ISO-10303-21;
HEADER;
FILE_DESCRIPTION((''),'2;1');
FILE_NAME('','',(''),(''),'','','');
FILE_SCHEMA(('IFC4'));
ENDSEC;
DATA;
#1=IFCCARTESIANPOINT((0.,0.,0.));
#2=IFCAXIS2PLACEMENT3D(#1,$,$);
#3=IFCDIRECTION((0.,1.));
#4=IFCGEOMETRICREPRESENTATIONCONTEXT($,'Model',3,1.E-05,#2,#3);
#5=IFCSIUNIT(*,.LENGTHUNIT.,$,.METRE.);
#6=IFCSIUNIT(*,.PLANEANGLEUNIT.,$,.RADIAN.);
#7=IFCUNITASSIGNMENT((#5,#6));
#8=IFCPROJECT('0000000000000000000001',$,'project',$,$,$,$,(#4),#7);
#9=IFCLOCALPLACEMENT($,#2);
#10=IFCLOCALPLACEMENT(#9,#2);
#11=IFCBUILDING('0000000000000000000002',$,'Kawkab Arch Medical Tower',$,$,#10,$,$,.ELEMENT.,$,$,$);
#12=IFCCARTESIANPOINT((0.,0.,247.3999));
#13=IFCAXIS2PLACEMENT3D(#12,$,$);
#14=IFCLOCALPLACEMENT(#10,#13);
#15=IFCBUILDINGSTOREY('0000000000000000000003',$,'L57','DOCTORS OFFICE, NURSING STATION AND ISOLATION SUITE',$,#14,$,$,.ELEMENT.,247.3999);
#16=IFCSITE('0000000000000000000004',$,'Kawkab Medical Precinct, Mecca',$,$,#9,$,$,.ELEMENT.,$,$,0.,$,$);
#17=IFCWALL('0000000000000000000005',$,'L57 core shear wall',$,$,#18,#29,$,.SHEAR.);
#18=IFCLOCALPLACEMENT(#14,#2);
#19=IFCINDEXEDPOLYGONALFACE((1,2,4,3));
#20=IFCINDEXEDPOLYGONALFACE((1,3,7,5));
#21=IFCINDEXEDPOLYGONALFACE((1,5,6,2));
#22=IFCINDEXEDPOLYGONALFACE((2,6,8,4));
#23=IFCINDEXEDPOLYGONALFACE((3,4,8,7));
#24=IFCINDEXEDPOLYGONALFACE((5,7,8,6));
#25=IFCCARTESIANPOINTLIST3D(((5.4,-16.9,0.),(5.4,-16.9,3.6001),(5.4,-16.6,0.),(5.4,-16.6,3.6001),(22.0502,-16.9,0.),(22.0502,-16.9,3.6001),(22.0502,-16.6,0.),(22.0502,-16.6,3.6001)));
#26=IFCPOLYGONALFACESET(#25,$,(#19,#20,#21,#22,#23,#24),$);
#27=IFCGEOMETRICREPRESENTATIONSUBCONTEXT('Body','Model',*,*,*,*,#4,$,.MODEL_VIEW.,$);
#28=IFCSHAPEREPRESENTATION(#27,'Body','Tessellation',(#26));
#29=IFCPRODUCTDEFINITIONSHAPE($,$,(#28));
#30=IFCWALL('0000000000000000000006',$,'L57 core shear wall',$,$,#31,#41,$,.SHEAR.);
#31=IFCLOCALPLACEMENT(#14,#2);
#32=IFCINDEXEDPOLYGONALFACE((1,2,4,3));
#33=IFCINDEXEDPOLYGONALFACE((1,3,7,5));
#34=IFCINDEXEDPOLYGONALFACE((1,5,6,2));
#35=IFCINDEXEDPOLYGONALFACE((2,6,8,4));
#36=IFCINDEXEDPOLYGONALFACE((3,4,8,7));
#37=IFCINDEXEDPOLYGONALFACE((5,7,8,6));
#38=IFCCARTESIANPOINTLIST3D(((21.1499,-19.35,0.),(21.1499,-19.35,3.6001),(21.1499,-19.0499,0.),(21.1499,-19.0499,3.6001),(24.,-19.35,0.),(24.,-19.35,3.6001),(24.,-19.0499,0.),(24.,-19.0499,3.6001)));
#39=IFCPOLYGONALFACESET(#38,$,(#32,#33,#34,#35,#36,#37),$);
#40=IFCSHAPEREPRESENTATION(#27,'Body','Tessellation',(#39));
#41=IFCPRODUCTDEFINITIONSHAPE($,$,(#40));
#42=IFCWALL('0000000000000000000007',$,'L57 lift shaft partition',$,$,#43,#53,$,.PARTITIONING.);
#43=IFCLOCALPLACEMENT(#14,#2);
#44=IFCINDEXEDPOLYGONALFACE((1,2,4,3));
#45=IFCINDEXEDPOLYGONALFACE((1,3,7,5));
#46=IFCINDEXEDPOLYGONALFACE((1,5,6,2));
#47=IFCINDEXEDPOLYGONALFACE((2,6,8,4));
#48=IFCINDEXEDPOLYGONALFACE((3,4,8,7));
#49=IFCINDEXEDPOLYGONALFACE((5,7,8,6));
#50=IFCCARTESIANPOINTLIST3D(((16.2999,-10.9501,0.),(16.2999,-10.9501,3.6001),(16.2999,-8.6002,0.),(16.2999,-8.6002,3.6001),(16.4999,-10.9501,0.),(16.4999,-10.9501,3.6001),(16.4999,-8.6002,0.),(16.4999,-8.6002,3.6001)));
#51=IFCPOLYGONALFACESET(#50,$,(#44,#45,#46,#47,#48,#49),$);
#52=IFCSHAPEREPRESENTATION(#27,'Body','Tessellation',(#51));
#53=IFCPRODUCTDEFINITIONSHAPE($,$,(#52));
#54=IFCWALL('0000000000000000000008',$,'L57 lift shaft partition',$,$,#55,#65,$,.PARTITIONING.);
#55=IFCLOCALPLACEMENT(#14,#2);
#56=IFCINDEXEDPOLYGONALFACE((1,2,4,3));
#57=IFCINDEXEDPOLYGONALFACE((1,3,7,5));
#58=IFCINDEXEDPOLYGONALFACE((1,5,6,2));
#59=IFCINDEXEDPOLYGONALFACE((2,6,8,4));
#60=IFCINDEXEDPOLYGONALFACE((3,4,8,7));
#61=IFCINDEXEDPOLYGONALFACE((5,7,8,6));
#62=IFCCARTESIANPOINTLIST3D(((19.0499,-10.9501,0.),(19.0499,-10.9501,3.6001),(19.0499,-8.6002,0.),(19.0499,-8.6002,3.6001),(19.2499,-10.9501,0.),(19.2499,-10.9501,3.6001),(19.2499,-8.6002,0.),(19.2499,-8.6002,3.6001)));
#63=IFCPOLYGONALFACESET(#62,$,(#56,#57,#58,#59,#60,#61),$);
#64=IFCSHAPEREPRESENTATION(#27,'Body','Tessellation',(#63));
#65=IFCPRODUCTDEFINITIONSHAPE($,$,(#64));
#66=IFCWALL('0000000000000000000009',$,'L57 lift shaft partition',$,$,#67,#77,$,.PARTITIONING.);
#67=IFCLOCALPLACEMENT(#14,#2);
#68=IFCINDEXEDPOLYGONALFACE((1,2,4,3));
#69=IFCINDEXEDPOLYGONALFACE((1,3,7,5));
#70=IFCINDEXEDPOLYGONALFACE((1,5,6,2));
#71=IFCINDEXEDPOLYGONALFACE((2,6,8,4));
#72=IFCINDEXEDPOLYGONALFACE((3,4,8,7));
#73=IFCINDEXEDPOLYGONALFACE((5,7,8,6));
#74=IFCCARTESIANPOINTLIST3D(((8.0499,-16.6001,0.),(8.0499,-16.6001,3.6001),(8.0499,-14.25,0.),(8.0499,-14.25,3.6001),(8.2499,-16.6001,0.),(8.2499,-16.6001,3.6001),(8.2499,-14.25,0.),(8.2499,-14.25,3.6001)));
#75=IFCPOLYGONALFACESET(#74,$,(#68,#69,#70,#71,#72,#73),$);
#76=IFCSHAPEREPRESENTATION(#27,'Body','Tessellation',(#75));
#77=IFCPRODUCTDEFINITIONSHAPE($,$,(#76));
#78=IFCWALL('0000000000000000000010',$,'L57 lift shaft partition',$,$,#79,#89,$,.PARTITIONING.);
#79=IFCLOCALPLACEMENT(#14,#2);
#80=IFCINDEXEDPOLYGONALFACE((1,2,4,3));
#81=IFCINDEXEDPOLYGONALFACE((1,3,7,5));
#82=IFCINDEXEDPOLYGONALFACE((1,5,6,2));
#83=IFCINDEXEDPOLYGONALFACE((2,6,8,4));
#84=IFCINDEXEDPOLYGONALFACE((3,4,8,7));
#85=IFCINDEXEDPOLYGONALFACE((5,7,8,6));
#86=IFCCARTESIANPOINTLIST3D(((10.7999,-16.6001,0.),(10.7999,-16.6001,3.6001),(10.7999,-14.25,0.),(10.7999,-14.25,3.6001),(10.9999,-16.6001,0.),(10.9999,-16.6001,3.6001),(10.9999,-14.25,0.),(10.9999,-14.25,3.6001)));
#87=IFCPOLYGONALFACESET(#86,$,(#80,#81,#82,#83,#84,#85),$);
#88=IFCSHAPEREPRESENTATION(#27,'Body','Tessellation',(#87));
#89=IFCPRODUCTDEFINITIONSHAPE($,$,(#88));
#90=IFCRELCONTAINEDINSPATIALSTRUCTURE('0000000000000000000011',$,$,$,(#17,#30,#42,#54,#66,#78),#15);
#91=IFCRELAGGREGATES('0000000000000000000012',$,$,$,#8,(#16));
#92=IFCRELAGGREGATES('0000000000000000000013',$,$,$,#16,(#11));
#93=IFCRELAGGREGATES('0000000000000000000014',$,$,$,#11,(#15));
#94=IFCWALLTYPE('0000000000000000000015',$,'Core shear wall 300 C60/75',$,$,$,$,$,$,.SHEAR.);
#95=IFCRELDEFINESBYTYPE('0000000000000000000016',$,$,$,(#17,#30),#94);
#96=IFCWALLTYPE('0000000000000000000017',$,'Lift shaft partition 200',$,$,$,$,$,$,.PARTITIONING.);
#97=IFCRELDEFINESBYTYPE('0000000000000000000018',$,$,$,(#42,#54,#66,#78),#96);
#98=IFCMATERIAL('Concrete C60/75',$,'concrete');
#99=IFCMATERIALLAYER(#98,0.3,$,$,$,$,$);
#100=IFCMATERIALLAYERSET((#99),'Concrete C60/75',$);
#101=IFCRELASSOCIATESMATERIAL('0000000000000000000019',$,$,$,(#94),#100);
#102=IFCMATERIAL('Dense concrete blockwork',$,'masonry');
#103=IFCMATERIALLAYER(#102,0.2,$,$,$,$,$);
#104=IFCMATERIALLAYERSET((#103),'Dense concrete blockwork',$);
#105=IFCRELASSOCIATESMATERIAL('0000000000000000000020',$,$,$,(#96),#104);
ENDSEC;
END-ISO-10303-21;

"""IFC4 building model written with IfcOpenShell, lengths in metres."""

from ifc_helpers import new_model, si_unit, direction, frame, frame_2d, origin, place, context, subcontext, project, spatial, rectangle, extrude, material, layer, layer_set, type_object, element, save


model = new_model("IFC4")

# Units and contexts
model_context = context("Model", 3, precision=1e-05, world=origin(), true_north=direction((0.0, 1.0)))
body_context = subcontext(model_context, "Body", "Model", "MODEL_VIEW")
ifc_project = project(units=[si_unit("LENGTHUNIT", "METRE"), si_unit("PLANEANGLEUNIT", "RADIAN")], contexts=[model_context])

# Site, building, storey
site_placement = place(None, origin())
site = spatial("IfcSite", under=ifc_project, at=site_placement, Name="Kawkab Medical Precinct, Mecca", CompositionType="ELEMENT", RefElevation=0.0)
building_placement = place(site_placement, origin())
building = spatial("IfcBuilding", under=site, at=building_placement, Name="Kawkab Arch Medical Tower", CompositionType="ELEMENT")
storey_placement = place(building_placement, frame((0.0, 0.0, 247.3999)))
storey = spatial("IfcBuildingStorey", under=building, at=storey_placement, Name="L57", Description="DOCTORS OFFICE, NURSING STATION AND ISOLATION SUITE", CompositionType="ELEMENT", Elevation=247.3999)

# Shared definitions
ifc_material_1 = material(Name="Concrete C60/75", Category="concrete")
ifc_layer_1 = layer(ifc_material_1, 0.3)
ifc_layer_set_1 = layer_set([ifc_layer_1], Name="Concrete C60/75")
wall_type_1 = type_object("IfcWallType", Name="Core shear wall 300 C60/75", PredefinedType="SHEAR", material=ifc_layer_set_1)

# Walls
wall_1_placement = place(storey_placement, frame((5.3999, -16.75, 0.0), z_axis=(0.0, 0.0, 1.0), x_axis=(1.0, 0.0, 0.0)))
element("IfcWall", 1, at=wall_1_placement, inside=storey, type_object=wall_type_1, Name="L57 core shear wall", PredefinedType="SHEAR", context=body_context, shape_type="SweptSolid", body=[
    extrude(rectangle(XDim=16.6501, YDim=0.3, at=frame_2d((8.3252, 0.0))), origin(), (0.0, 0.0, 1.0), 3.6001),
])
wall_2_placement = place(storey_placement, frame((21.1499, -19.2, 0.0), z_axis=(0.0, 0.0, 1.0), x_axis=(1.0, 0.0, 0.0)))
element("IfcWall", 2, at=wall_2_placement, inside=storey, type_object=wall_type_1, Name="L57 core shear wall", PredefinedType="SHEAR", context=body_context, shape_type="SweptSolid", body=[
    extrude(rectangle(XDim=2.8501, YDim=0.3, at=frame_2d((1.425, 0.0))), origin(), (0.0, 0.0, 1.0), 3.6001),
])
ifc_material_2 = material(Name="Dense concrete blockwork", Category="masonry")
ifc_layer_2 = layer(ifc_material_2, 0.2)
ifc_layer_set_2 = layer_set([ifc_layer_2], Name="Dense concrete blockwork")
wall_type_2 = type_object("IfcWallType", Name="Lift shaft partition 200", PredefinedType="PARTITIONING", material=ifc_layer_set_2)
for number, where, z_axis, x_axis, name in (
    (3, (16.3999, -10.95, 0.0), (0.0, 0.0, 1.0), (0.0, 1.0, 0.0), "L57 lift shaft partition"),
    (4, (19.1499, -10.95, 0.0), (0.0, 0.0, 1.0), (0.0, 1.0, 0.0), "L57 lift shaft partition"),
):
    element("IfcWall", number, at=place(storey_placement, frame(where, z_axis=z_axis, x_axis=x_axis)), inside=storey, type_object=wall_type_2, Name=name, PredefinedType="PARTITIONING", context=body_context, shape_type="SweptSolid", body=[
        extrude(rectangle(XDim=2.3499, YDim=0.2, at=frame_2d((1.1748, 0.0))), origin(), (0.0, 0.0, 1.0), 3.6001),
    ])
for number, where, z_axis, x_axis, name in (
    (5, (8.1499, -16.6001, 0.0), (0.0, 0.0, 1.0), (0.0, 1.0, 0.0), "L57 lift shaft partition"),
    (6, (10.8999, -16.6001, 0.0), (0.0, 0.0, 1.0), (0.0, 1.0, 0.0), "L57 lift shaft partition"),
):
    element("IfcWall", number, at=place(storey_placement, frame(where, z_axis=z_axis, x_axis=x_axis)), inside=storey, type_object=wall_type_2, Name=name, PredefinedType="PARTITIONING", context=body_context, shape_type="SweptSolid", body=[
        extrude(rectangle(XDim=2.3501, YDim=0.2, at=frame_2d((1.175, 0.0))), origin(), (0.0, 0.0, 1.0), 3.6001),
    ])

save(model, "model.ifc")
